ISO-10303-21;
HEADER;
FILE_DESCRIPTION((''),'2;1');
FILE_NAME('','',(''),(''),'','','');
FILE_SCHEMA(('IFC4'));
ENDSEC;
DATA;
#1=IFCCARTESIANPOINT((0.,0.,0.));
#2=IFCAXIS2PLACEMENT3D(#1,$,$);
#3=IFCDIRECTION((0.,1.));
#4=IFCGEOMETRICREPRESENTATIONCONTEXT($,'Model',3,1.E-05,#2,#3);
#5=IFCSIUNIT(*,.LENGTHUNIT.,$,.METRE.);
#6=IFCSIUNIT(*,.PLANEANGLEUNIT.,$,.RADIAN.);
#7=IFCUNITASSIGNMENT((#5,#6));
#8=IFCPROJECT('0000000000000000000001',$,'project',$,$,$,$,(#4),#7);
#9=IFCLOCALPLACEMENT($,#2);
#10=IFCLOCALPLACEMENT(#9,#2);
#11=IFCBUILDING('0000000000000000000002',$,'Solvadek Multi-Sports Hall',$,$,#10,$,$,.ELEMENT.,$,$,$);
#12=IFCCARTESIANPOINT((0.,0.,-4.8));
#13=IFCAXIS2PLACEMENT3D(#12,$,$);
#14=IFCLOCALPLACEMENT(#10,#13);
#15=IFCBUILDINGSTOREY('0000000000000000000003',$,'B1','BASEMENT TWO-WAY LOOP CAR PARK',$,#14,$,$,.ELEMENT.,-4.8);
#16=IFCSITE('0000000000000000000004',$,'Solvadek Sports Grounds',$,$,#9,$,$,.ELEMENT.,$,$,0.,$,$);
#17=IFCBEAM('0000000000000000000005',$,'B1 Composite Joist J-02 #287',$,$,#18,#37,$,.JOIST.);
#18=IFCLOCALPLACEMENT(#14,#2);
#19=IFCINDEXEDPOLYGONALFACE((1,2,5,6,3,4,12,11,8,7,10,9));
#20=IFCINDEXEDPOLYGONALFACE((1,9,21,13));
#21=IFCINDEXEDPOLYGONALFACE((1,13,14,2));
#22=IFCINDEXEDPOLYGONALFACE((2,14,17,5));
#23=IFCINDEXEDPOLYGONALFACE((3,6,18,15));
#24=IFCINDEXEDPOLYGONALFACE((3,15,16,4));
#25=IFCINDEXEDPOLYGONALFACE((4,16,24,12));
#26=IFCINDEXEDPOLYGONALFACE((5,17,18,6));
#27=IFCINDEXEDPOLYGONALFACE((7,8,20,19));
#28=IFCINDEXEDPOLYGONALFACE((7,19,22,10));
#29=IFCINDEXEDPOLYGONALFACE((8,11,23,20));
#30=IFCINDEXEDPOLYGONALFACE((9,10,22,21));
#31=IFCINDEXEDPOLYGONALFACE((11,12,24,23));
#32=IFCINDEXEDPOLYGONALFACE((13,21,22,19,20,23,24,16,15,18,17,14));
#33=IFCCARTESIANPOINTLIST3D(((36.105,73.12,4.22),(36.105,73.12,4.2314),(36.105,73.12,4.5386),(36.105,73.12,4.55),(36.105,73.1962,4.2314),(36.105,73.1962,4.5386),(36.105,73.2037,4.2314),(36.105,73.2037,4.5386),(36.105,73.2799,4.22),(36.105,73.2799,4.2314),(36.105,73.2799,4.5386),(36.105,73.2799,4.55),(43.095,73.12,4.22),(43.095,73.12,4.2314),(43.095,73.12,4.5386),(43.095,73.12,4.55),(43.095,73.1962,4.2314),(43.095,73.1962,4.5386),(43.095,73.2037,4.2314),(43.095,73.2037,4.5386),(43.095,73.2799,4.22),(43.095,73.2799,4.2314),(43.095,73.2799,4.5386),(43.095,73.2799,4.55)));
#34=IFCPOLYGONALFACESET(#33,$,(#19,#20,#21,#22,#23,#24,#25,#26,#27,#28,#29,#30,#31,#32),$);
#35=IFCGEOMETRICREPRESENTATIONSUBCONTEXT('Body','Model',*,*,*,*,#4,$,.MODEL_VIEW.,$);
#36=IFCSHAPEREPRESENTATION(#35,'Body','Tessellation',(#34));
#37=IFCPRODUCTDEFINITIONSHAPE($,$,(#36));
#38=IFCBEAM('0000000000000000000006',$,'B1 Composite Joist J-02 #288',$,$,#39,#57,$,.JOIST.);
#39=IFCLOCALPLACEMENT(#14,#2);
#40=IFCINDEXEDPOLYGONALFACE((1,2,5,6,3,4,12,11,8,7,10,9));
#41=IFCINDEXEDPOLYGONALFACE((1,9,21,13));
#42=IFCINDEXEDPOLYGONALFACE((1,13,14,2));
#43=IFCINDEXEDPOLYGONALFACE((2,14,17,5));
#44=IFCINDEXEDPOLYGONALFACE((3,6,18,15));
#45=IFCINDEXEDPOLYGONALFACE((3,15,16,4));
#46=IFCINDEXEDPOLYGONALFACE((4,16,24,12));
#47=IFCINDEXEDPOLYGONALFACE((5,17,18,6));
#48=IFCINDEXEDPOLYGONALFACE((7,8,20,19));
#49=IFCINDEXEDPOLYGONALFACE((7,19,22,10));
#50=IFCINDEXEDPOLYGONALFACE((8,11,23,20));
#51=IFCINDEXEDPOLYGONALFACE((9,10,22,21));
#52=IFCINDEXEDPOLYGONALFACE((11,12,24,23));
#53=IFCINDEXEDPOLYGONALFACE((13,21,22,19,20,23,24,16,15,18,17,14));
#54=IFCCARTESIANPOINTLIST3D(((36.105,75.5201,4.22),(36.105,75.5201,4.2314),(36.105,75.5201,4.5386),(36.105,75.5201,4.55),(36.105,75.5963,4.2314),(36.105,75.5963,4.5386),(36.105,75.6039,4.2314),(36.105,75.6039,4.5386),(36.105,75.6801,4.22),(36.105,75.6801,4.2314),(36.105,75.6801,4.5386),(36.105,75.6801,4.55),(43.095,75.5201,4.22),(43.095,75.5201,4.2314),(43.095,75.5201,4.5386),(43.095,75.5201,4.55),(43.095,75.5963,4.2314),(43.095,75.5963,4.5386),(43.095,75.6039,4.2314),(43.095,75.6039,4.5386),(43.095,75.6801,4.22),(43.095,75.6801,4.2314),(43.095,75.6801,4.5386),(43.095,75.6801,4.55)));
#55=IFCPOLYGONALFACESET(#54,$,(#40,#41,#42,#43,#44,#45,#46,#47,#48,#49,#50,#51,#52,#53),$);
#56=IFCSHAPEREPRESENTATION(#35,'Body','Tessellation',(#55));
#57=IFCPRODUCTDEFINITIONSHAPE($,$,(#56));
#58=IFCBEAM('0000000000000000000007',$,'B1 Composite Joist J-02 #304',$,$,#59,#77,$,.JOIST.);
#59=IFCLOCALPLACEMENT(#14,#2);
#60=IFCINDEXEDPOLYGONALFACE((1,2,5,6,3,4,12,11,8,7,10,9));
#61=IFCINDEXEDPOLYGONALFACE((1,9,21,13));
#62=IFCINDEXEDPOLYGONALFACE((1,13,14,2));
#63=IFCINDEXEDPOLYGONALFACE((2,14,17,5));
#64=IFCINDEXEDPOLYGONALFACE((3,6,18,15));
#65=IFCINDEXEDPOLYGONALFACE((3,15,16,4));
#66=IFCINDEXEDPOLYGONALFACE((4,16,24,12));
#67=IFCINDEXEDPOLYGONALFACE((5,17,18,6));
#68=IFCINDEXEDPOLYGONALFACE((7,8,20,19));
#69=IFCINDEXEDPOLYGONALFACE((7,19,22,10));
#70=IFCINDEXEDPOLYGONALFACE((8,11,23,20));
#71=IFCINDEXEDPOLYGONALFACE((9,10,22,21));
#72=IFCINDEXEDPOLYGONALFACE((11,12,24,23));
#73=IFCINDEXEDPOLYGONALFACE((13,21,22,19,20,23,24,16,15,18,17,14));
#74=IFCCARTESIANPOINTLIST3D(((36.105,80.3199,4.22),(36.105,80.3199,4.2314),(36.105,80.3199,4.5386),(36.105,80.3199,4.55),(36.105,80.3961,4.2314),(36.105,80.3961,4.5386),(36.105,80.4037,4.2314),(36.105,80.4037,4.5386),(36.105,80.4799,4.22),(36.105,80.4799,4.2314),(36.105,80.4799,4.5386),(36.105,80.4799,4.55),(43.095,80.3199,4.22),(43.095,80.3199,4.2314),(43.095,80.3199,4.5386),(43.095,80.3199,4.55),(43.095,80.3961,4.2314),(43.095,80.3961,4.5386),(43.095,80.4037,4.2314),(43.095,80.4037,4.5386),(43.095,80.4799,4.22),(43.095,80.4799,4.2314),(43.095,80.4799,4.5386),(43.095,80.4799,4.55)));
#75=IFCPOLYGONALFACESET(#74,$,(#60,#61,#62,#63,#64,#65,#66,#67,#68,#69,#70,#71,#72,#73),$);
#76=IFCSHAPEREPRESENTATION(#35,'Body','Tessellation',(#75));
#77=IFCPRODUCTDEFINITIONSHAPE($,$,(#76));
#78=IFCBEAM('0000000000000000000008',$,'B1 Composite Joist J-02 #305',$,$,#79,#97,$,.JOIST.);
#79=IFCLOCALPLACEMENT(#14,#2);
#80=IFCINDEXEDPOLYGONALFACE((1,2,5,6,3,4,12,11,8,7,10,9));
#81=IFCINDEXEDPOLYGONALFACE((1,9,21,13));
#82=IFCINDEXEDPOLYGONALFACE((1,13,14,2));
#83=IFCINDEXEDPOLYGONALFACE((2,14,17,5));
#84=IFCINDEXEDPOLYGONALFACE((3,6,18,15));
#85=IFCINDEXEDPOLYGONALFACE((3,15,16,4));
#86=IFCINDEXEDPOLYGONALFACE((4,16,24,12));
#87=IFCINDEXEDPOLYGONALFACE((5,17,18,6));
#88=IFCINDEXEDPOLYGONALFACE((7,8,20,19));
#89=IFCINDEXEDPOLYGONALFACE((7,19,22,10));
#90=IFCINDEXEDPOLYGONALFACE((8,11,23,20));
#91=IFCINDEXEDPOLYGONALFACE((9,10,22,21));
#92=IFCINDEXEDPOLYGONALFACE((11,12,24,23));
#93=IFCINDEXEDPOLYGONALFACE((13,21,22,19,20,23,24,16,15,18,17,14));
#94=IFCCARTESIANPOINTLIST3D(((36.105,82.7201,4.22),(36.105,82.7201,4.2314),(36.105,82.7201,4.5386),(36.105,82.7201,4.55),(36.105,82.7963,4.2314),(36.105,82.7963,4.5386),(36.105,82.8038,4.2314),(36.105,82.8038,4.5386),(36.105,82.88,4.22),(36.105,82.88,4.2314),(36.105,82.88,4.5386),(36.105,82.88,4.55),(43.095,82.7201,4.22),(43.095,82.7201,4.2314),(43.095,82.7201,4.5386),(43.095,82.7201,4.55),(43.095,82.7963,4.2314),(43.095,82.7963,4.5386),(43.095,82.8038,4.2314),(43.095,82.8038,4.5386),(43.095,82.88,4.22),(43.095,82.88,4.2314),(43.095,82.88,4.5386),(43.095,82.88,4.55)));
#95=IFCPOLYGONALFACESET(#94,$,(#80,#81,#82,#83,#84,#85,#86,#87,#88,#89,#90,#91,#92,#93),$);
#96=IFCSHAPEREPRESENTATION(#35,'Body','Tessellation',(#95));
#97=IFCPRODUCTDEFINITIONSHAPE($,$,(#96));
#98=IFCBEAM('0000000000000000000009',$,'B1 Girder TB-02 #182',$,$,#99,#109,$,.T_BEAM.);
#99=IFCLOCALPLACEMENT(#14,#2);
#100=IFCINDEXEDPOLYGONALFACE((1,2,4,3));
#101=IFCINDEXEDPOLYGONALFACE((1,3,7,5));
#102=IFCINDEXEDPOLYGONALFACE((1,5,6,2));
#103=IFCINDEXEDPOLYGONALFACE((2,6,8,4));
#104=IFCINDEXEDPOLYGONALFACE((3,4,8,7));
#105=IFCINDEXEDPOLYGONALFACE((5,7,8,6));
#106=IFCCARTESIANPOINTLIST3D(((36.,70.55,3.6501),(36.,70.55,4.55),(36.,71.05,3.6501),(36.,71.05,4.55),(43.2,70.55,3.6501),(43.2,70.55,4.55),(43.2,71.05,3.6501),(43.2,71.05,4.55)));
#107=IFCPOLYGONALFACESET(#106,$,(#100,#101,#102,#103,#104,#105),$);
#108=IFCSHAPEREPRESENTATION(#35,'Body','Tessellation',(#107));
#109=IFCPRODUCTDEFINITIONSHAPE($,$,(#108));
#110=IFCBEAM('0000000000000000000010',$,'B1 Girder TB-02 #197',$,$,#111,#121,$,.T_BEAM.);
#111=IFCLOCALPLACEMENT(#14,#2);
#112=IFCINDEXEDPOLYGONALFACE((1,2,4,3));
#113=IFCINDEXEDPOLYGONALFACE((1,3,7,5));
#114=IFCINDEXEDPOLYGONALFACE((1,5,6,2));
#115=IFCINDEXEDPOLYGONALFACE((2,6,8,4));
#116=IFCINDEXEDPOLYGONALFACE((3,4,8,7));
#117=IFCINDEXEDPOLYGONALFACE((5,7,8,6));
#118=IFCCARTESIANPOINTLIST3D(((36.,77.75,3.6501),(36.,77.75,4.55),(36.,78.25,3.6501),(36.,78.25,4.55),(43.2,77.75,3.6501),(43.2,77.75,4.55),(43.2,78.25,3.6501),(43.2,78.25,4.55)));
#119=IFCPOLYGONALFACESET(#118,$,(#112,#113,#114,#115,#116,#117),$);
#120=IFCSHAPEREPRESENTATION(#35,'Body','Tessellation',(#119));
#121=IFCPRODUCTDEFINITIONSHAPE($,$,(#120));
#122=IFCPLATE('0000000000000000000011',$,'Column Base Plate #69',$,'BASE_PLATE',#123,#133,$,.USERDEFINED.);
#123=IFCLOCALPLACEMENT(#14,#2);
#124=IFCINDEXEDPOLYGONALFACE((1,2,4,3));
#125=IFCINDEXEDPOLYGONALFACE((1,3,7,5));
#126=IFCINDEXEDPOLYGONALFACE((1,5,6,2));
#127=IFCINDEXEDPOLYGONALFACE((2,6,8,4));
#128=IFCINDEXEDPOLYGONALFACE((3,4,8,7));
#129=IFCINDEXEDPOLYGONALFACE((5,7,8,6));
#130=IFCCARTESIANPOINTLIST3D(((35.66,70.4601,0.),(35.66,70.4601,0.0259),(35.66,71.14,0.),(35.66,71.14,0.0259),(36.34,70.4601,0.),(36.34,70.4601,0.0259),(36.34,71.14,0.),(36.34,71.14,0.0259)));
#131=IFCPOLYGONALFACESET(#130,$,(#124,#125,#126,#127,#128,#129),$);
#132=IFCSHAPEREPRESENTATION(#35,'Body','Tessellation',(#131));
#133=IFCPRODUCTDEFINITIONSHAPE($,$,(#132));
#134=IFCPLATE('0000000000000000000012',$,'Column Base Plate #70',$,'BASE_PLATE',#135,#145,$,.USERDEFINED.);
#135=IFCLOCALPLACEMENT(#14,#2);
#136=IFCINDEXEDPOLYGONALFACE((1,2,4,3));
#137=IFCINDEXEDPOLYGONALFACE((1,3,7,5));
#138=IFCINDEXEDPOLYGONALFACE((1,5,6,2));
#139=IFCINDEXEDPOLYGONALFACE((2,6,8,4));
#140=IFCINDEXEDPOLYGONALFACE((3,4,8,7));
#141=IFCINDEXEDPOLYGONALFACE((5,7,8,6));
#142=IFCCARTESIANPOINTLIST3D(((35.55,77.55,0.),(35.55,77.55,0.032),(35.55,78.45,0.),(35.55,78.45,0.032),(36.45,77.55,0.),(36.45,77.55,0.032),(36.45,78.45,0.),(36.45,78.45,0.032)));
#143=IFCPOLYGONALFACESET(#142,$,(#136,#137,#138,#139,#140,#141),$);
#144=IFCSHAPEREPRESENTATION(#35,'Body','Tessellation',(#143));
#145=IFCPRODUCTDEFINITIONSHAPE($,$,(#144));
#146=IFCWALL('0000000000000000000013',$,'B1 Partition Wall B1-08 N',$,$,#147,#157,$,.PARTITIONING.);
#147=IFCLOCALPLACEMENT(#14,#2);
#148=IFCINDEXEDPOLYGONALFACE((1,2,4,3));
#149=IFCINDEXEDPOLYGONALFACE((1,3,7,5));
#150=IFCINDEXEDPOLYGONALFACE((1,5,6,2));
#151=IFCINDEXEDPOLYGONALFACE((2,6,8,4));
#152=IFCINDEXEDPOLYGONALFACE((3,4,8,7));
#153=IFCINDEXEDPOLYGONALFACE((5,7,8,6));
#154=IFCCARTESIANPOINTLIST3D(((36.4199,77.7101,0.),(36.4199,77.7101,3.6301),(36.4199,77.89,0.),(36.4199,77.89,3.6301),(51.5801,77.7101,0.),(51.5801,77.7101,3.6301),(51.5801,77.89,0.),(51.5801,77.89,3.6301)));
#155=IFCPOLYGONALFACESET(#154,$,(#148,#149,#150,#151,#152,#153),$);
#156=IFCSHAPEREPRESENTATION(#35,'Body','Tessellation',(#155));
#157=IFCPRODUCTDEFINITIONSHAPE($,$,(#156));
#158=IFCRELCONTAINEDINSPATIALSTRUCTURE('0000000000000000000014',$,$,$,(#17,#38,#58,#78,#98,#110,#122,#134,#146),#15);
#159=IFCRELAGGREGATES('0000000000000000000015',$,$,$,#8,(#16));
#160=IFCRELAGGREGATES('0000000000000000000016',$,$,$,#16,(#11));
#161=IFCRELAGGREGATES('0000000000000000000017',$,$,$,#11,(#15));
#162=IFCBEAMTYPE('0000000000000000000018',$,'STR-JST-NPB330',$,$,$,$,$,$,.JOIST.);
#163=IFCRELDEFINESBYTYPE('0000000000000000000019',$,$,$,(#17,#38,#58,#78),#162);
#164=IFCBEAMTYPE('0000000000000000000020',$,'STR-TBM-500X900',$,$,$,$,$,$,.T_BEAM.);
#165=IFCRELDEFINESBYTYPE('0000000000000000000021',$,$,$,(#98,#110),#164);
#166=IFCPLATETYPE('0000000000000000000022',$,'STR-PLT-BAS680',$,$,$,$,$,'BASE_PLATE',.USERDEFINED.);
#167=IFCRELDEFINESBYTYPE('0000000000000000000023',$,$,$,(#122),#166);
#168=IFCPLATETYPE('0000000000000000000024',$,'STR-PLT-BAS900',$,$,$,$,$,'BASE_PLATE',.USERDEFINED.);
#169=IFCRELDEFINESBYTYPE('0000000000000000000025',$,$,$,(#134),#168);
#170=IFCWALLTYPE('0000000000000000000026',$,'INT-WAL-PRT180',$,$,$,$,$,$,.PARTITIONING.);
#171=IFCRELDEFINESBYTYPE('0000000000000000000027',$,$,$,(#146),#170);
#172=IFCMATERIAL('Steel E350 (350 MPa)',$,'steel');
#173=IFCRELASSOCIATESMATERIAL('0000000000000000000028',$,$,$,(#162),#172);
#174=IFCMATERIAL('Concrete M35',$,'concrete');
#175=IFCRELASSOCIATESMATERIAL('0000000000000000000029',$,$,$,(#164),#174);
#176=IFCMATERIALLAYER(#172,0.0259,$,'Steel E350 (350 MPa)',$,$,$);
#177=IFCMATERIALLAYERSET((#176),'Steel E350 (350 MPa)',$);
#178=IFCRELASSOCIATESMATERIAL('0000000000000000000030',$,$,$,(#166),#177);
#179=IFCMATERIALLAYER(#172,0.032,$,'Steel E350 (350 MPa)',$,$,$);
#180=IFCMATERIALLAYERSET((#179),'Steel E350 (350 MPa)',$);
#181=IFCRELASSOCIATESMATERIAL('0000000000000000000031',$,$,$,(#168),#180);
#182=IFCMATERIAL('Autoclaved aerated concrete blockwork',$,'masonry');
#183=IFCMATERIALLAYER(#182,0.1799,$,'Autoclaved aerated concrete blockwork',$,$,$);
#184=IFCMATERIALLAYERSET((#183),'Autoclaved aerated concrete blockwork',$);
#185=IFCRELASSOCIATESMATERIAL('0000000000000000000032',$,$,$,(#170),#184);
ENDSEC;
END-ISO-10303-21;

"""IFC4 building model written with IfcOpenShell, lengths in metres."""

from ifc_helpers import new_model, si_unit, direction, frame, frame_2d, origin, origin_2d, place, context, subcontext, project, spatial, rectangle, i_section, extrude, material, layer, layer_set, material_profile, profile_set, type_object, element, save


model = new_model("IFC4")

# Units and contexts
model_context = context("Model", 3, precision=1e-05, world=origin(), true_north=direction((0.0, 1.0)))
body_context = subcontext(model_context, "Body", "Model", "MODEL_VIEW")
ifc_project = project(units=[si_unit("LENGTHUNIT", "METRE"), si_unit("PLANEANGLEUNIT", "RADIAN")], contexts=[model_context])

# Site, building, storey
site_placement = place(None, origin())
site = spatial("IfcSite", under=ifc_project, at=site_placement, Name="Solvadek Sports Grounds", CompositionType="ELEMENT", RefElevation=0.0)
building_placement = place(site_placement, origin())
building = spatial("IfcBuilding", under=site, at=building_placement, Name="Solvadek Multi-Sports Hall", CompositionType="ELEMENT")
storey_placement = place(building_placement, frame((0.0, 0.0, -4.8)))
storey = spatial("IfcBuildingStorey", under=building, at=storey_placement, Name="B1", Description="BASEMENT TWO-WAY LOOP CAR PARK", CompositionType="ELEMENT", Elevation=-4.8)

# Shared definitions
ifc_material_1 = material(Name="Concrete M35", Category="concrete")

# Shared definitions
ifc_material_2 = material(Name="Steel E350 (350 MPa)", Category="steel")

# Beams
ifc_material_profile_1 = material_profile(ifc_material_2, i_section(OverallWidth=0.1599, OverallDepth=0.3301, WebThickness=0.0076, FlangeThickness=0.0115, at=origin_2d()), Name="NPB 330")
ifc_profile_set_1 = profile_set([ifc_material_profile_1], Name="Steel E350 (350 MPa)")
beam_type_1 = type_object("IfcBeamType", Name="STR-JST-NPB330", PredefinedType="JOIST", material=ifc_profile_set_1)
for number, where, z_axis, x_axis, name in (
    (1, (36.105, 73.2, 4.385), (1.0, 0.0, 0.0), (0.0, 1.0, 0.0), "B1 Composite Joist J-02 #287"),
    (2, (36.105, 75.6001, 4.385), (1.0, 0.0, 0.0), (0.0, 1.0, 0.0), "B1 Composite Joist J-02 #288"),
    (3, (36.105, 80.3999, 4.385), (1.0, 0.0, 0.0), (0.0, 1.0, 0.0), "B1 Composite Joist J-02 #304"),
    (4, (36.105, 82.8, 4.385), (1.0, 0.0, 0.0), (0.0, 1.0, 0.0), "B1 Composite Joist J-02 #305"),
):
    element("IfcBeam", number, at=place(storey_placement, frame(where, z_axis=z_axis, x_axis=x_axis)), inside=storey, type_object=beam_type_1, Name=name, PredefinedType="JOIST", context=body_context, shape_type="SweptSolid", body=[
        extrude(i_section(OverallWidth=0.1599, OverallDepth=0.3301, WebThickness=0.0076, FlangeThickness=0.0115, at=origin_2d()), origin(), (0.0, 0.0, 1.0), 6.99),
    ])
ifc_material_profile_2 = material_profile(ifc_material_1, rectangle(XDim=0.5, YDim=0.8999, at=origin_2d()), Name="RC T-BEAM 500x900")
ifc_profile_set_2 = profile_set([ifc_material_profile_2], Name="Concrete M35")
beam_type_2 = type_object("IfcBeamType", Name="STR-TBM-500X900", PredefinedType="T_BEAM", material=ifc_profile_set_2)
for number, where, z_axis, x_axis, name in (
    (5, (36.0, 70.8, 4.1001), (1.0, 0.0, 0.0), (0.0, 1.0, 0.0), "B1 Girder TB-02 #182"),
    (6, (36.0, 78.0, 4.1001), (1.0, 0.0, 0.0), (0.0, 1.0, 0.0), "B1 Girder TB-02 #197"),
):
    element("IfcBeam", number, at=place(storey_placement, frame(where, z_axis=z_axis, x_axis=x_axis)), inside=storey, type_object=beam_type_2, Name=name, PredefinedType="T_BEAM", context=body_context, shape_type="SweptSolid", body=[
        extrude(rectangle(XDim=0.5, YDim=0.8999, at=origin_2d()), origin(), (0.0, 0.0, 1.0), 7.2),
    ])

# Plates
ifc_layer_1 = layer(ifc_material_2, 0.0259, Name="Steel E350 (350 MPa)")
ifc_layer_set_1 = layer_set([ifc_layer_1], Name="Steel E350 (350 MPa)")
plate_type_1 = type_object("IfcPlateType", Name="STR-PLT-BAS680", ElementType="BASE_PLATE", PredefinedType="USERDEFINED", material=ifc_layer_set_1)
plate_1_placement = place(storey_placement, frame((36.0, 70.8, 0.0), z_axis=(0.0, 0.0, 1.0), x_axis=(1.0, 0.0, 0.0)))
element("IfcPlate", 7, at=plate_1_placement, inside=storey, type_object=plate_type_1, Name="Column Base Plate #69", ObjectType="BASE_PLATE", PredefinedType="USERDEFINED", context=body_context, shape_type="SweptSolid", body=[
    extrude(rectangle(XDim=0.6799, YDim=0.6799, at=origin_2d()), origin(), (0.0, 0.0, 1.0), 0.0259),
])
ifc_layer_2 = layer(ifc_material_2, 0.032, Name="Steel E350 (350 MPa)")
ifc_layer_set_2 = layer_set([ifc_layer_2], Name="Steel E350 (350 MPa)")
plate_type_2 = type_object("IfcPlateType", Name="STR-PLT-BAS900", ElementType="BASE_PLATE", PredefinedType="USERDEFINED", material=ifc_layer_set_2)
plate_2_placement = place(storey_placement, frame((36.0, 78.0, 0.0), z_axis=(0.0, 0.0, 1.0), x_axis=(1.0, 0.0, 0.0)))
element("IfcPlate", 8, at=plate_2_placement, inside=storey, type_object=plate_type_2, Name="Column Base Plate #70", ObjectType="BASE_PLATE", PredefinedType="USERDEFINED", context=body_context, shape_type="SweptSolid", body=[
    extrude(rectangle(XDim=0.8999, YDim=0.8999, at=origin_2d()), origin(), (0.0, 0.0, 1.0), 0.032),
])

# Wall
ifc_material_3 = material(Name="Autoclaved aerated concrete blockwork", Category="masonry")
ifc_layer_3 = layer(ifc_material_3, 0.1799, Name="Autoclaved aerated concrete blockwork")
ifc_layer_set_3 = layer_set([ifc_layer_3], Name="Autoclaved aerated concrete blockwork")
wall_type = type_object("IfcWallType", Name="INT-WAL-PRT180", PredefinedType="PARTITIONING", material=ifc_layer_set_3)
wall_placement = place(storey_placement, frame((36.4199, 77.8, 0.0), z_axis=(0.0, 0.0, 1.0), x_axis=(1.0, 0.0, 0.0)))
element("IfcWall", 9, at=wall_placement, inside=storey, type_object=wall_type, Name="B1 Partition Wall B1-08 N", PredefinedType="PARTITIONING", context=body_context, shape_type="SweptSolid", body=[
    extrude(rectangle(XDim=15.1602, YDim=0.1799, at=frame_2d((7.5801, 0.0))), origin(), (0.0, 0.0, 1.0), 3.6301),
])

save(model, "model.ifc")
